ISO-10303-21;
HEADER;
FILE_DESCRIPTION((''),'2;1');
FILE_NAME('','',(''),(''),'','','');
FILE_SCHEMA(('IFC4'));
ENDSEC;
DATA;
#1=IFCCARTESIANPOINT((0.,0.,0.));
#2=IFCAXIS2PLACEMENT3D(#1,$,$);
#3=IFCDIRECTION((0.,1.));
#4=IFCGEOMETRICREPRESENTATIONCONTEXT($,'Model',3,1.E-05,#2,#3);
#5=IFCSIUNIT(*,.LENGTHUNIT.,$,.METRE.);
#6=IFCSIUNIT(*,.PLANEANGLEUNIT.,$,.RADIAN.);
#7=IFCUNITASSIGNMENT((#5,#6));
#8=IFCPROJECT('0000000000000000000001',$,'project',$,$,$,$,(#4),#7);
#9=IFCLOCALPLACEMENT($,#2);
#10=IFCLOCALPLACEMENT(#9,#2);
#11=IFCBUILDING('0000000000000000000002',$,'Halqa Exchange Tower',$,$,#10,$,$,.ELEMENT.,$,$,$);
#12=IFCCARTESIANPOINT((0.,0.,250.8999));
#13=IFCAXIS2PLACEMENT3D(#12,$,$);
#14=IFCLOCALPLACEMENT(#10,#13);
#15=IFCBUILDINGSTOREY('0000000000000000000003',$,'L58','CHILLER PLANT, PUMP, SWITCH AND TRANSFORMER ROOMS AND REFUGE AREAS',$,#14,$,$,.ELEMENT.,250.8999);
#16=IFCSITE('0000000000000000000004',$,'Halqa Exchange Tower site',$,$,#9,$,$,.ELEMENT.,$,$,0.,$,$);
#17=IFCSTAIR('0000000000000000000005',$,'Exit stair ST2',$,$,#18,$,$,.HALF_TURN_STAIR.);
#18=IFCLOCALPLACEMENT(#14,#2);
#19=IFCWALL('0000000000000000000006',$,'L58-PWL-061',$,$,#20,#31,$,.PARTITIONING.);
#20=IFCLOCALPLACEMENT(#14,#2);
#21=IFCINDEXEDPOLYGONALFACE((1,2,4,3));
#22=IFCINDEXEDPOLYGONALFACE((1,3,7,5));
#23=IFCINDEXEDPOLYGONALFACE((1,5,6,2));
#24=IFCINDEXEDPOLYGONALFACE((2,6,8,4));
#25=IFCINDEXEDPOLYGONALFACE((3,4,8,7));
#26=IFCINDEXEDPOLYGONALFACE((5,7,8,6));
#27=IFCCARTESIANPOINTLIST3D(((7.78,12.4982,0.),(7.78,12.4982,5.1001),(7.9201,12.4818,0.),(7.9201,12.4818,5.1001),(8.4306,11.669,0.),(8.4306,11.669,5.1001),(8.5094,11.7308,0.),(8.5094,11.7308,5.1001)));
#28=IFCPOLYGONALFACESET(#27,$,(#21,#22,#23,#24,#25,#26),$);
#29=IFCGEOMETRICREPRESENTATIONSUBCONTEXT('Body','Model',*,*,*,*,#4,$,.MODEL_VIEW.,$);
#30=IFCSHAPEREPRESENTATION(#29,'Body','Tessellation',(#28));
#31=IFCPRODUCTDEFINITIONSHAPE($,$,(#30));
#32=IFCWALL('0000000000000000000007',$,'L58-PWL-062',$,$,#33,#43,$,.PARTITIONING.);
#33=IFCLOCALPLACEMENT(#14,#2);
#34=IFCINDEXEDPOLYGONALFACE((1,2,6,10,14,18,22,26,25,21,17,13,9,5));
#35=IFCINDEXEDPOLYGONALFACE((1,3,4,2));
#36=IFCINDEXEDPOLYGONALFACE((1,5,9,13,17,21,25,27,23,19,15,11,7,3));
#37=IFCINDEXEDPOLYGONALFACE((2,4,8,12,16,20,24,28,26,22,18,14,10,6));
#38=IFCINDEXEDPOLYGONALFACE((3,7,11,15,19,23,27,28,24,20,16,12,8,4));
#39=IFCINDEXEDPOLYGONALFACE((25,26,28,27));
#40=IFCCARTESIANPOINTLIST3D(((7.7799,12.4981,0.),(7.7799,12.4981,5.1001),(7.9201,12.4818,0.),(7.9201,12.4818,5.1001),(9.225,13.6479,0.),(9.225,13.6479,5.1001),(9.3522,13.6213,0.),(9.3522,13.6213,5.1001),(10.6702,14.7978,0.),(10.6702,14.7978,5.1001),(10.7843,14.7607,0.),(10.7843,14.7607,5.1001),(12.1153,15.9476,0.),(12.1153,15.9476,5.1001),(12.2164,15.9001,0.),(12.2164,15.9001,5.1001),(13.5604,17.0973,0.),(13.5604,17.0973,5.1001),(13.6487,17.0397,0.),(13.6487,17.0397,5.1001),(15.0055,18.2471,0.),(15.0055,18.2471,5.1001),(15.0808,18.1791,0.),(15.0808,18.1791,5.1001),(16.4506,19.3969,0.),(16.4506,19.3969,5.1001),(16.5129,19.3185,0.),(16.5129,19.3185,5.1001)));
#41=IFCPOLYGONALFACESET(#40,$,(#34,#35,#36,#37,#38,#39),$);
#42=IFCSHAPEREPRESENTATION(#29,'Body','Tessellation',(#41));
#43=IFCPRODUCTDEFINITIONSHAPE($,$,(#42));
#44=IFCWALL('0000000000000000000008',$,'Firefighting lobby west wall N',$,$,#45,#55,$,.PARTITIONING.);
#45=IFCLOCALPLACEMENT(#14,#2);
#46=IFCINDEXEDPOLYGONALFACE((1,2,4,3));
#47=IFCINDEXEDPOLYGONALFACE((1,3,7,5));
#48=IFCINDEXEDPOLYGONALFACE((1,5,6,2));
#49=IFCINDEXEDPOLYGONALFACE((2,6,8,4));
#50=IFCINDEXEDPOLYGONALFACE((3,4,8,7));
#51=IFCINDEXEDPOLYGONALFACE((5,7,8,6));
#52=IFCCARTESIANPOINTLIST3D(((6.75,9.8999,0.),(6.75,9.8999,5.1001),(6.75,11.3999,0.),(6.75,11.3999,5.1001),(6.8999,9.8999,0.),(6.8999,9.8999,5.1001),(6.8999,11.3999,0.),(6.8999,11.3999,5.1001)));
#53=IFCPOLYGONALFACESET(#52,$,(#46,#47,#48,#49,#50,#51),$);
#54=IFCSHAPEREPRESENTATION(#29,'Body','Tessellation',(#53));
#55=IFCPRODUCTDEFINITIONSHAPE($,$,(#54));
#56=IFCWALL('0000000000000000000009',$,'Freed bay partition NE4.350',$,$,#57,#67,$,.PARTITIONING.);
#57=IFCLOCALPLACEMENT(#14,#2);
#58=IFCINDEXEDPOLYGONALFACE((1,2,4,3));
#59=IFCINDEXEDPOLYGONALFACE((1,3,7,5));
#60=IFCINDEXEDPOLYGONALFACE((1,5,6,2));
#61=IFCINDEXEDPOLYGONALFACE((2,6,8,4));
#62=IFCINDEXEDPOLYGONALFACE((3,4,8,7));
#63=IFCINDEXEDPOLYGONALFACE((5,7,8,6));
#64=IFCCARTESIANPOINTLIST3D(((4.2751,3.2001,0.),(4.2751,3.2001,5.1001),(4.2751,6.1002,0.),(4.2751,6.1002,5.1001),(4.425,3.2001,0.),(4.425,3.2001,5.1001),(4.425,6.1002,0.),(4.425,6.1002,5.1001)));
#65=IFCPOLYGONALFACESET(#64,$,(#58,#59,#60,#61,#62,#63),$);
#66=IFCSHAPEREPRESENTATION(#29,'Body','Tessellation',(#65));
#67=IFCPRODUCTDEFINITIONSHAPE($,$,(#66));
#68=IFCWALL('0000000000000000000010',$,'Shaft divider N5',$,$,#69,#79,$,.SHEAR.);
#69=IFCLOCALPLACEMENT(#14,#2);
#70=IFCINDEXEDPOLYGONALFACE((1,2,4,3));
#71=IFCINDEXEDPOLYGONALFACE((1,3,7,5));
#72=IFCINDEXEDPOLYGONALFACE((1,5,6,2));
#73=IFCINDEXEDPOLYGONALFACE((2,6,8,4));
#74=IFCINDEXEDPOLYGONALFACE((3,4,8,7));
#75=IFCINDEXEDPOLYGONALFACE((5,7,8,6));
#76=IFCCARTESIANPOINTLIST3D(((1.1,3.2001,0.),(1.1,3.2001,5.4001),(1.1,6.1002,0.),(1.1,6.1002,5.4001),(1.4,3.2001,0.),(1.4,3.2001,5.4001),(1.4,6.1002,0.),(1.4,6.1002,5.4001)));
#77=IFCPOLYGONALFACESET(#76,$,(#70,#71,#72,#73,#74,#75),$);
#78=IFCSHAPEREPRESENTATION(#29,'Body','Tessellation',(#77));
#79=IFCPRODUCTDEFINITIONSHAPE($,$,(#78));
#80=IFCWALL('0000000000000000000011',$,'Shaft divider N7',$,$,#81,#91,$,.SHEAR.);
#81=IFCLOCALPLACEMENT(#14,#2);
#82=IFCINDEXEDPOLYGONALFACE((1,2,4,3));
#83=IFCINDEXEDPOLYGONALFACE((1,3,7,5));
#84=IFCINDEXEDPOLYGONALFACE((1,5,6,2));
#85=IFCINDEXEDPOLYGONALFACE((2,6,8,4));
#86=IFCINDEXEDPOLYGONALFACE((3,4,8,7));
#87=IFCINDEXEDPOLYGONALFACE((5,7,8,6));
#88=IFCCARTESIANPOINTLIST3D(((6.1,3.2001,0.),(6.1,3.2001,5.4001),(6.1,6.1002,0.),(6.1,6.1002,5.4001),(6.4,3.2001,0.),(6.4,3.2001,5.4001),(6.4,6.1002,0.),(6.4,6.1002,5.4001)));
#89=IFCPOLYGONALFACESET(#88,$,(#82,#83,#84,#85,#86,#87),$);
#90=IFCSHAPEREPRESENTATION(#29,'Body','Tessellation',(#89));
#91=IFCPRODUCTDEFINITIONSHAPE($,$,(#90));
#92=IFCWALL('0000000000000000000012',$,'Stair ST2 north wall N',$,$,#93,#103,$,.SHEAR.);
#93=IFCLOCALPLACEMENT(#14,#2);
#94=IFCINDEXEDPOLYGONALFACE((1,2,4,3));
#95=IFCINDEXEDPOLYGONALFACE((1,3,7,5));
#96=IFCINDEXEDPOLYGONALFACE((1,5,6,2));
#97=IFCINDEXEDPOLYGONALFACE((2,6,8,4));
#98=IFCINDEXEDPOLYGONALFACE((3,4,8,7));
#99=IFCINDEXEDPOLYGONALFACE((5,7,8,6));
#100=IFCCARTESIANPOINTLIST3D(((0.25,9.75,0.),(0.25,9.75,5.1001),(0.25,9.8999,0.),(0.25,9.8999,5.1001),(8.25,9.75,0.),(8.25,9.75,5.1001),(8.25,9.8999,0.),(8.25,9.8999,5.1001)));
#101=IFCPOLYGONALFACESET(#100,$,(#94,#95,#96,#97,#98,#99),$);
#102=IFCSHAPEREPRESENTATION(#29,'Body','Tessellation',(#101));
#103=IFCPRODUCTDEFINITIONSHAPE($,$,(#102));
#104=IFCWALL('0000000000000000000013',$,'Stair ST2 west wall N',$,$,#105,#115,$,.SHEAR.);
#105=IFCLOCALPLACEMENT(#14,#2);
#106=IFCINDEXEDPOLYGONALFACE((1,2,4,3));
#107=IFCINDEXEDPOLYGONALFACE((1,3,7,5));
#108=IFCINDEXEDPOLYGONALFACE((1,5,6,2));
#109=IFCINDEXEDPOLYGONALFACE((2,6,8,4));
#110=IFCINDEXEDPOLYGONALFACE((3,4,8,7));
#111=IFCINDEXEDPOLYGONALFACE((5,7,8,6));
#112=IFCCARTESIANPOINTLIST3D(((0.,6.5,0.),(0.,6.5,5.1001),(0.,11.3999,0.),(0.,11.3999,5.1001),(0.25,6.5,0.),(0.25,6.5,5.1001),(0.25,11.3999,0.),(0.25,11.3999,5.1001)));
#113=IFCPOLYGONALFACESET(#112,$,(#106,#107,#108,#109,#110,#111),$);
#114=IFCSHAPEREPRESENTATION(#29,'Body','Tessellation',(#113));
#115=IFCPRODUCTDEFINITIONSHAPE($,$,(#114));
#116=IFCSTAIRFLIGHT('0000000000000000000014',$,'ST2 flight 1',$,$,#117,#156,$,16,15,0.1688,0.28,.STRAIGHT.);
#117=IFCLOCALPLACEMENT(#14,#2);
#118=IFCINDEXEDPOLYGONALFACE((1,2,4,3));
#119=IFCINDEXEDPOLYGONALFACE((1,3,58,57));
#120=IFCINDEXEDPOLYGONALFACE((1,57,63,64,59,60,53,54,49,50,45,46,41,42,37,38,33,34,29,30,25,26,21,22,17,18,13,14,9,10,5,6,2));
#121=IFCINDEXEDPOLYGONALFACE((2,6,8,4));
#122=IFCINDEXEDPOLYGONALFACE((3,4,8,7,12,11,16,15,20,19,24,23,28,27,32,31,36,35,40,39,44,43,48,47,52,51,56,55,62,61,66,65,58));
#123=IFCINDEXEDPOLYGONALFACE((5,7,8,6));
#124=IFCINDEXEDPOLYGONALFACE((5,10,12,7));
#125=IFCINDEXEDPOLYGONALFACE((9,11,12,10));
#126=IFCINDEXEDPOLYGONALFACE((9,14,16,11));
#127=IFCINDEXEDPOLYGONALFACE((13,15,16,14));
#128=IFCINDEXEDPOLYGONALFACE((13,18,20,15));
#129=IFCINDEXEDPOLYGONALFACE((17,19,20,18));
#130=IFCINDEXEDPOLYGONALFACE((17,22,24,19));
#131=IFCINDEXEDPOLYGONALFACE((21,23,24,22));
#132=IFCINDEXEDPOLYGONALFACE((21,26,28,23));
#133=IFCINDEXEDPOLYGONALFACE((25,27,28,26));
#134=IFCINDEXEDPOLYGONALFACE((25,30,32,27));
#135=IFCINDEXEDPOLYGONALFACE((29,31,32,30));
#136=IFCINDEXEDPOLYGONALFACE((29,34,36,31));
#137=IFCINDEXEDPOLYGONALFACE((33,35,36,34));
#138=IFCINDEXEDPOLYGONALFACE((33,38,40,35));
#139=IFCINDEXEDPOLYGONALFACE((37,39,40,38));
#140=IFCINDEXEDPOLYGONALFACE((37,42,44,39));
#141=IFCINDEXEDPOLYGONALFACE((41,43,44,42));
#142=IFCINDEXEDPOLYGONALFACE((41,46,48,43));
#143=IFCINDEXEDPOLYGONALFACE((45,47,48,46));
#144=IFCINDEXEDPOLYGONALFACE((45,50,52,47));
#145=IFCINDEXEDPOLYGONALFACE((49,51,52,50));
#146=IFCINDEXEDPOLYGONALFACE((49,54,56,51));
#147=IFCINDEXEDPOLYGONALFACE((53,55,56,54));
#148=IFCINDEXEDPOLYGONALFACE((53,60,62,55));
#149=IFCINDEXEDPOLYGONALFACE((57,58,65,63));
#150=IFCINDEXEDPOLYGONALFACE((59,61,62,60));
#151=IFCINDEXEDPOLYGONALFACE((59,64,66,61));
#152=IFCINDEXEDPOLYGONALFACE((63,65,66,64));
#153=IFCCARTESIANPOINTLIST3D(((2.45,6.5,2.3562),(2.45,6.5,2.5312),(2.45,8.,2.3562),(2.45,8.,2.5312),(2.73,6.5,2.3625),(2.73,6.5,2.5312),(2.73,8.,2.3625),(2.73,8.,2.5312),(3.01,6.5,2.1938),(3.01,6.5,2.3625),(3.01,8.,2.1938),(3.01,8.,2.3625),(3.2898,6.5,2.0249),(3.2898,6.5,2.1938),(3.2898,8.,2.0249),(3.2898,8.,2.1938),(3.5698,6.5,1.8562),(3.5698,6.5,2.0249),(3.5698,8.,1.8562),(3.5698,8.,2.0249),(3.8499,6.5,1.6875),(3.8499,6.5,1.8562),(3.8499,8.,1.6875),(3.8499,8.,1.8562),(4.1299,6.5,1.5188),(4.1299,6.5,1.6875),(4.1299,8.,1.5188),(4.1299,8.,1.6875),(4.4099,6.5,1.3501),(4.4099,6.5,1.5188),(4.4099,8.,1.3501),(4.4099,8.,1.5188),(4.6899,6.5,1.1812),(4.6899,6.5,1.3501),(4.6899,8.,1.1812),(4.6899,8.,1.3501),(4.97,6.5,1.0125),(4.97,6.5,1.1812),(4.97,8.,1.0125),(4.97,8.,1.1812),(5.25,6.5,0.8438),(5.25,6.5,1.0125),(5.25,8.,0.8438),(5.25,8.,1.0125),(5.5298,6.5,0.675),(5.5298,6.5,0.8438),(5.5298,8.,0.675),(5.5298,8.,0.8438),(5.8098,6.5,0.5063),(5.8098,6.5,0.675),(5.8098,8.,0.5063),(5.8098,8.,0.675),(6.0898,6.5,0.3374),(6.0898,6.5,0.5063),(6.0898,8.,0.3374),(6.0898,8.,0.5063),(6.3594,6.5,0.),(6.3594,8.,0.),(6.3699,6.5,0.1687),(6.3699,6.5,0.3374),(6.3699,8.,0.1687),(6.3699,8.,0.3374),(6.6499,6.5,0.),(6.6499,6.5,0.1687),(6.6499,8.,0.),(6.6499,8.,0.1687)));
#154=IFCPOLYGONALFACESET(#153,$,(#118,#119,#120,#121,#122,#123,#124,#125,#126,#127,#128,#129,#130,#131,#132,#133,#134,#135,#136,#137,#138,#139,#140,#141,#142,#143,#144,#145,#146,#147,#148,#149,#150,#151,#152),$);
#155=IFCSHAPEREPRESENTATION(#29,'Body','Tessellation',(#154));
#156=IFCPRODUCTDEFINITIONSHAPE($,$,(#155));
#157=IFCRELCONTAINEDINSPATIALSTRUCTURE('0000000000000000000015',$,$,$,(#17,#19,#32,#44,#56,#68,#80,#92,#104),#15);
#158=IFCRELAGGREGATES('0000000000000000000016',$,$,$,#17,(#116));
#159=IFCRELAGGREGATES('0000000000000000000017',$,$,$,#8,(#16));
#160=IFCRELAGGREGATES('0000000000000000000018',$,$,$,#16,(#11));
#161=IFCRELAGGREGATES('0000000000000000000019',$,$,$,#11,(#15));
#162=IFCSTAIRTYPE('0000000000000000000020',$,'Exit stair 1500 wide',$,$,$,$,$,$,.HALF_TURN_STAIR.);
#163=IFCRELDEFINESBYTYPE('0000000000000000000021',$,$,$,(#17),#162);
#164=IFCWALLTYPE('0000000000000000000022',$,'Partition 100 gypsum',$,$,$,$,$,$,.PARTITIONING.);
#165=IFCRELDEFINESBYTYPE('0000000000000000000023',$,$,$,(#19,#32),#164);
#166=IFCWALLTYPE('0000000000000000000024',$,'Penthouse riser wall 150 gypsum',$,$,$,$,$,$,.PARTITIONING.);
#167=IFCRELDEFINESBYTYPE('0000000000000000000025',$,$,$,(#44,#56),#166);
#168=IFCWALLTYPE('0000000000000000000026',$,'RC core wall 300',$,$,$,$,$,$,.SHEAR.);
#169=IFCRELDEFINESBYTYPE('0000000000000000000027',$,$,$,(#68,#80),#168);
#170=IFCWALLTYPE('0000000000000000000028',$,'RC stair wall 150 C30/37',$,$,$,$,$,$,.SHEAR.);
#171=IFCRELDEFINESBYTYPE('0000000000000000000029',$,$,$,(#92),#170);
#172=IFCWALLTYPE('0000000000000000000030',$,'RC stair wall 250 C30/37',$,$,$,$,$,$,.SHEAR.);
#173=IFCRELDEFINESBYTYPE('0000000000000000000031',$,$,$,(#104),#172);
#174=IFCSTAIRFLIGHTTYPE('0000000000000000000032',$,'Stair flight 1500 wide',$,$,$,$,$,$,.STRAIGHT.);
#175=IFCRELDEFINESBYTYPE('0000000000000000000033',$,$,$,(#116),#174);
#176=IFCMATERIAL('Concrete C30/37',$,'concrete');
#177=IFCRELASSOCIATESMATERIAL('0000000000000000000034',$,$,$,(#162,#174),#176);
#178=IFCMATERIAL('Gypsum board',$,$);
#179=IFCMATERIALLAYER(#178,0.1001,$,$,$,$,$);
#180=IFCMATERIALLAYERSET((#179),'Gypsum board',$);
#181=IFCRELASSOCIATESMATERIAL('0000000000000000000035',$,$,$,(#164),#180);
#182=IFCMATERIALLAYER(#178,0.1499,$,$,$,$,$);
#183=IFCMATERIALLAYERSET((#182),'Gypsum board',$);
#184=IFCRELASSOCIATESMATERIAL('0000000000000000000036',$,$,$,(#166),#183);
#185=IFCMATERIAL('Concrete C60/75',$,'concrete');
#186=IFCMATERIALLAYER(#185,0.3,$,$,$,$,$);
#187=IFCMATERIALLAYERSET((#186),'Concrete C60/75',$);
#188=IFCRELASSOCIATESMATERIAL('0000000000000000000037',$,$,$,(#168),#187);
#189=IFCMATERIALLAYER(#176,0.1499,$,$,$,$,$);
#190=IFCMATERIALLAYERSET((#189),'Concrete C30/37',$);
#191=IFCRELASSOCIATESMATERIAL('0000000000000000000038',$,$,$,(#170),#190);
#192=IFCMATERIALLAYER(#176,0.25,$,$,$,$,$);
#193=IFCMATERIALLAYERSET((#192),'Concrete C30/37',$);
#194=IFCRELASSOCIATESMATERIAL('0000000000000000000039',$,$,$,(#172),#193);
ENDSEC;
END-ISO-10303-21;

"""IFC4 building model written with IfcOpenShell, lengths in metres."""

from ifc_helpers import new_model, si_unit, direction, frame, frame_2d, origin, place, context, subcontext, project, spatial, polyline, rectangle, outline, extrude, material, layer, layer_set, type_object, element, aggregate, save


model = new_model("IFC4")

# Units and contexts
model_context = context("Model", 3, precision=1e-05, world=origin(), true_north=direction((0.0, 1.0)))
body_context = subcontext(model_context, "Body", "Model", "MODEL_VIEW")
ifc_project = project(units=[si_unit("LENGTHUNIT", "METRE"), si_unit("PLANEANGLEUNIT", "RADIAN")], contexts=[model_context])

# Site, building, storey
site_placement = place(None, origin())
site = spatial("IfcSite", under=ifc_project, at=site_placement, Name="Halqa Exchange Tower site", CompositionType="ELEMENT", RefElevation=0.0)
building_placement = place(site_placement, origin())
building = spatial("IfcBuilding", under=site, at=building_placement, Name="Halqa Exchange Tower", CompositionType="ELEMENT")
storey_placement = place(building_placement, frame((0.0, 0.0, 250.8999)))
storey = spatial("IfcBuildingStorey", under=building, at=storey_placement, Name="L58", Description="CHILLER PLANT, PUMP, SWITCH AND TRANSFORMER ROOMS AND REFUGE AREAS", CompositionType="ELEMENT", Elevation=250.8999)

# Stair
ifc_material_1 = material(Name="Concrete C30/37", Category="concrete")
stair_type = type_object("IfcStairType", Name="Exit stair 1500 wide", PredefinedType="HALF_TURN_STAIR", material=ifc_material_1)
stair_1_placement = place(storey_placement, origin())
stair_1 = element("IfcStair", 1, at=stair_1_placement, inside=storey, type_object=stair_type, Name="Exit stair ST2", PredefinedType="HALF_TURN_STAIR")

# Walls
ifc_material_2 = material(Name="Gypsum board")
ifc_layer_1 = layer(ifc_material_2, 0.1001)
ifc_layer_set_1 = layer_set([ifc_layer_1], Name="Gypsum board")
wall_type_1 = type_object("IfcWallType", Name="Partition 100 gypsum", PredefinedType="PARTITIONING", material=ifc_layer_set_1)
wall_1_placement = place(storey_placement, frame((7.8193, 12.5291, 0.0), z_axis=(0.0, 0.0, 1.0), x_axis=(0.617351, -0.786688, 0.0)))
element("IfcWall", 2, at=wall_1_placement, inside=storey, type_object=wall_type_1, Name="L58-PWL-061", PredefinedType="PARTITIONING", context=body_context, shape_type="SweptSolid", body=[
    extrude(outline(polyline([(1.054, 0.05), (0.0994, 0.05), (0.0, -0.05), (0.0, -0.05), (1.054, -0.05), (1.054, 0.05)])), origin(), (0.0, 0.0, 1.0), 5.1001),
])
wall_2_placement = place(storey_placement, frame((7.811, 12.459, 0.0), z_axis=(0.0, 0.0, 1.0), x_axis=(0.782532, 0.62261, 0.0)))
element("IfcWall", 3, at=wall_2_placement, inside=storey, type_object=wall_type_1, Name="L58-PWL-062", PredefinedType="PARTITIONING", context=body_context, shape_type="SweptSolid", body=[
    extrude(outline(polyline([(11.0803, 0.05), (9.2336, 0.05), (7.387, 0.05), (5.5403, 0.05), (3.6936, 0.05), (1.8467, 0.05), (0.0, 0.05), (0.0996, -0.05), (1.9297, -0.05), (3.7598, -0.05), (5.5898, -0.05), (7.4202, -0.05), (9.2502, -0.05), (11.0803, -0.05), (11.0803, 0.05)])), origin(), (0.0, 0.0, 1.0), 5.1001),
])
ifc_layer_2 = layer(ifc_material_2, 0.1499)
ifc_layer_set_2 = layer_set([ifc_layer_2], Name="Gypsum board")
wall_type_2 = type_object("IfcWallType", Name="Penthouse riser wall 150 gypsum", PredefinedType="PARTITIONING", material=ifc_layer_set_2)
wall_3_placement = place(storey_placement, frame((6.825, 9.8999, 0.0), z_axis=(0.0, 0.0, 1.0), x_axis=(0.0, 1.0, 0.0)))
element("IfcWall", 4, at=wall_3_placement, inside=storey, type_object=wall_type_2, Name="Firefighting lobby west wall N", PredefinedType="PARTITIONING", context=body_context, shape_type="SweptSolid", body=[
    extrude(rectangle(XDim=1.5, YDim=0.1499, at=frame_2d((0.75, 0.0))), origin(), (0.0, 0.0, 1.0), 5.1001),
])
wall_4_placement = place(storey_placement, frame((4.3501, 3.2, 0.0), z_axis=(0.0, 0.0, 1.0), x_axis=(0.0, 1.0, 0.0)))
element("IfcWall", 5, at=wall_4_placement, inside=storey, type_object=wall_type_2, Name="Freed bay partition NE4.350", PredefinedType="PARTITIONING", context=body_context, shape_type="SweptSolid", body=[
    extrude(rectangle(XDim=2.9001, YDim=0.1499, at=frame_2d((1.4502, 0.0))), origin(), (0.0, 0.0, 1.0), 5.1001),
])
ifc_material_3 = material(Name="Concrete C60/75", Category="concrete")
ifc_layer_3 = layer(ifc_material_3, 0.3)
ifc_layer_set_3 = layer_set([ifc_layer_3], Name="Concrete C60/75")
wall_type_3 = type_object("IfcWallType", Name="RC core wall 300", PredefinedType="SHEAR", material=ifc_layer_set_3)
for number, where, z_axis, x_axis, name in (
    (6, (1.25, 3.2, 0.0), (0.0, 0.0, 1.0), (0.0, 1.0, 0.0), "Shaft divider N5"),
    (7, (6.25, 3.2, 0.0), (0.0, 0.0, 1.0), (0.0, 1.0, 0.0), "Shaft divider N7"),
):
    element("IfcWall", number, at=place(storey_placement, frame(where, z_axis=z_axis, x_axis=x_axis)), inside=storey, type_object=wall_type_3, Name=name, PredefinedType="SHEAR", context=body_context, shape_type="SweptSolid", body=[
        extrude(rectangle(XDim=2.9001, YDim=0.3, at=frame_2d((1.4502, 0.0))), origin(), (0.0, 0.0, 1.0), 5.4001),
    ])
ifc_layer_4 = layer(ifc_material_1, 0.1499)
ifc_layer_set_4 = layer_set([ifc_layer_4], Name="Concrete C30/37")
wall_type_4 = type_object("IfcWallType", Name="RC stair wall 150 C30/37", PredefinedType="SHEAR", material=ifc_layer_set_4)
wall_5_placement = place(storey_placement, frame((0.25, 9.825, 0.0), z_axis=(0.0, 0.0, 1.0), x_axis=(1.0, 0.0, 0.0)))
element("IfcWall", 8, at=wall_5_placement, inside=storey, type_object=wall_type_4, Name="Stair ST2 north wall N", PredefinedType="SHEAR", context=body_context, shape_type="SweptSolid", body=[
    extrude(rectangle(XDim=8.0, YDim=0.1499, at=frame_2d((4.0, 0.0))), origin(), (0.0, 0.0, 1.0), 5.1001),
])
ifc_layer_5 = layer(ifc_material_1, 0.25)
ifc_layer_set_5 = layer_set([ifc_layer_5], Name="Concrete C30/37")
wall_type_5 = type_object("IfcWallType", Name="RC stair wall 250 C30/37", PredefinedType="SHEAR", material=ifc_layer_set_5)
wall_6_placement = place(storey_placement, frame((0.125, 6.5, 0.0), z_axis=(0.0, 0.0, 1.0), x_axis=(0.0, 1.0, 0.0)))
element("IfcWall", 9, at=wall_6_placement, inside=storey, type_object=wall_type_5, Name="Stair ST2 west wall N", PredefinedType="SHEAR", context=body_context, shape_type="SweptSolid", body=[
    extrude(rectangle(XDim=4.8999, YDim=0.25, at=frame_2d((2.45, 0.0))), origin(), (0.0, 0.0, 1.0), 5.1001),
])

# Stair flight
stair_flight_type = type_object("IfcStairFlightType", Name="Stair flight 1500 wide", PredefinedType="STRAIGHT", material=ifc_material_1)
stair_flight_1_placement = place(storey_placement, frame((6.6499, 7.25, 0.0), z_axis=(0.0, 0.0, 1.0), x_axis=(-1.0, 0.0, 0.0)))
stair_flight_1 = element("IfcStairFlight", 10, at=stair_flight_1_placement, type_object=stair_flight_type, Name="ST2 flight 1", NumberOfRisers=16, NumberOfTreads=15, PredefinedType="STRAIGHT", RiserHeight=0.1688, TreadLength=0.28, context=body_context, shape_type="SweptSolid", body=[
    extrude(outline(polyline([(0.0, 0.0), (0.0, 0.1687), (0.28, 0.1687), (0.28, 0.3374), (0.5601, 0.3374), (0.5601, 0.5063), (0.8401, 0.5063), (0.8401, 0.675), (1.1201, 0.675), (1.1201, 0.8438), (1.3999, 0.8438), (1.3999, 1.0125), (1.6799, 1.0125), (1.6799, 1.1812), (1.96, 1.1812), (1.96, 1.3501), (2.24, 1.3501), (2.24, 1.5188), (2.52, 1.5188), (2.52, 1.6875), (2.8, 1.6875), (2.8, 1.8562), (3.0801, 1.8562), (3.0801, 2.0249), (3.3601, 2.0249), (3.3601, 2.1938), (3.6399, 2.1938), (3.6399, 2.3625), (3.9199, 2.3625), (3.9199, 2.5312), (4.2, 2.5312), (4.2, 2.7), (4.2, 2.3562), (0.2905, 0.0), (0.0, 0.0)])), frame((0.0, 0.75, 0.0), z_axis=(0.0, -1.0, 0.0), x_axis=(1.0, 0.0, 0.0)), (0.0, 0.0, 1.0), 1.5),
])
aggregate(stair_1, [stair_flight_1])

save(model, "model.ifc")
